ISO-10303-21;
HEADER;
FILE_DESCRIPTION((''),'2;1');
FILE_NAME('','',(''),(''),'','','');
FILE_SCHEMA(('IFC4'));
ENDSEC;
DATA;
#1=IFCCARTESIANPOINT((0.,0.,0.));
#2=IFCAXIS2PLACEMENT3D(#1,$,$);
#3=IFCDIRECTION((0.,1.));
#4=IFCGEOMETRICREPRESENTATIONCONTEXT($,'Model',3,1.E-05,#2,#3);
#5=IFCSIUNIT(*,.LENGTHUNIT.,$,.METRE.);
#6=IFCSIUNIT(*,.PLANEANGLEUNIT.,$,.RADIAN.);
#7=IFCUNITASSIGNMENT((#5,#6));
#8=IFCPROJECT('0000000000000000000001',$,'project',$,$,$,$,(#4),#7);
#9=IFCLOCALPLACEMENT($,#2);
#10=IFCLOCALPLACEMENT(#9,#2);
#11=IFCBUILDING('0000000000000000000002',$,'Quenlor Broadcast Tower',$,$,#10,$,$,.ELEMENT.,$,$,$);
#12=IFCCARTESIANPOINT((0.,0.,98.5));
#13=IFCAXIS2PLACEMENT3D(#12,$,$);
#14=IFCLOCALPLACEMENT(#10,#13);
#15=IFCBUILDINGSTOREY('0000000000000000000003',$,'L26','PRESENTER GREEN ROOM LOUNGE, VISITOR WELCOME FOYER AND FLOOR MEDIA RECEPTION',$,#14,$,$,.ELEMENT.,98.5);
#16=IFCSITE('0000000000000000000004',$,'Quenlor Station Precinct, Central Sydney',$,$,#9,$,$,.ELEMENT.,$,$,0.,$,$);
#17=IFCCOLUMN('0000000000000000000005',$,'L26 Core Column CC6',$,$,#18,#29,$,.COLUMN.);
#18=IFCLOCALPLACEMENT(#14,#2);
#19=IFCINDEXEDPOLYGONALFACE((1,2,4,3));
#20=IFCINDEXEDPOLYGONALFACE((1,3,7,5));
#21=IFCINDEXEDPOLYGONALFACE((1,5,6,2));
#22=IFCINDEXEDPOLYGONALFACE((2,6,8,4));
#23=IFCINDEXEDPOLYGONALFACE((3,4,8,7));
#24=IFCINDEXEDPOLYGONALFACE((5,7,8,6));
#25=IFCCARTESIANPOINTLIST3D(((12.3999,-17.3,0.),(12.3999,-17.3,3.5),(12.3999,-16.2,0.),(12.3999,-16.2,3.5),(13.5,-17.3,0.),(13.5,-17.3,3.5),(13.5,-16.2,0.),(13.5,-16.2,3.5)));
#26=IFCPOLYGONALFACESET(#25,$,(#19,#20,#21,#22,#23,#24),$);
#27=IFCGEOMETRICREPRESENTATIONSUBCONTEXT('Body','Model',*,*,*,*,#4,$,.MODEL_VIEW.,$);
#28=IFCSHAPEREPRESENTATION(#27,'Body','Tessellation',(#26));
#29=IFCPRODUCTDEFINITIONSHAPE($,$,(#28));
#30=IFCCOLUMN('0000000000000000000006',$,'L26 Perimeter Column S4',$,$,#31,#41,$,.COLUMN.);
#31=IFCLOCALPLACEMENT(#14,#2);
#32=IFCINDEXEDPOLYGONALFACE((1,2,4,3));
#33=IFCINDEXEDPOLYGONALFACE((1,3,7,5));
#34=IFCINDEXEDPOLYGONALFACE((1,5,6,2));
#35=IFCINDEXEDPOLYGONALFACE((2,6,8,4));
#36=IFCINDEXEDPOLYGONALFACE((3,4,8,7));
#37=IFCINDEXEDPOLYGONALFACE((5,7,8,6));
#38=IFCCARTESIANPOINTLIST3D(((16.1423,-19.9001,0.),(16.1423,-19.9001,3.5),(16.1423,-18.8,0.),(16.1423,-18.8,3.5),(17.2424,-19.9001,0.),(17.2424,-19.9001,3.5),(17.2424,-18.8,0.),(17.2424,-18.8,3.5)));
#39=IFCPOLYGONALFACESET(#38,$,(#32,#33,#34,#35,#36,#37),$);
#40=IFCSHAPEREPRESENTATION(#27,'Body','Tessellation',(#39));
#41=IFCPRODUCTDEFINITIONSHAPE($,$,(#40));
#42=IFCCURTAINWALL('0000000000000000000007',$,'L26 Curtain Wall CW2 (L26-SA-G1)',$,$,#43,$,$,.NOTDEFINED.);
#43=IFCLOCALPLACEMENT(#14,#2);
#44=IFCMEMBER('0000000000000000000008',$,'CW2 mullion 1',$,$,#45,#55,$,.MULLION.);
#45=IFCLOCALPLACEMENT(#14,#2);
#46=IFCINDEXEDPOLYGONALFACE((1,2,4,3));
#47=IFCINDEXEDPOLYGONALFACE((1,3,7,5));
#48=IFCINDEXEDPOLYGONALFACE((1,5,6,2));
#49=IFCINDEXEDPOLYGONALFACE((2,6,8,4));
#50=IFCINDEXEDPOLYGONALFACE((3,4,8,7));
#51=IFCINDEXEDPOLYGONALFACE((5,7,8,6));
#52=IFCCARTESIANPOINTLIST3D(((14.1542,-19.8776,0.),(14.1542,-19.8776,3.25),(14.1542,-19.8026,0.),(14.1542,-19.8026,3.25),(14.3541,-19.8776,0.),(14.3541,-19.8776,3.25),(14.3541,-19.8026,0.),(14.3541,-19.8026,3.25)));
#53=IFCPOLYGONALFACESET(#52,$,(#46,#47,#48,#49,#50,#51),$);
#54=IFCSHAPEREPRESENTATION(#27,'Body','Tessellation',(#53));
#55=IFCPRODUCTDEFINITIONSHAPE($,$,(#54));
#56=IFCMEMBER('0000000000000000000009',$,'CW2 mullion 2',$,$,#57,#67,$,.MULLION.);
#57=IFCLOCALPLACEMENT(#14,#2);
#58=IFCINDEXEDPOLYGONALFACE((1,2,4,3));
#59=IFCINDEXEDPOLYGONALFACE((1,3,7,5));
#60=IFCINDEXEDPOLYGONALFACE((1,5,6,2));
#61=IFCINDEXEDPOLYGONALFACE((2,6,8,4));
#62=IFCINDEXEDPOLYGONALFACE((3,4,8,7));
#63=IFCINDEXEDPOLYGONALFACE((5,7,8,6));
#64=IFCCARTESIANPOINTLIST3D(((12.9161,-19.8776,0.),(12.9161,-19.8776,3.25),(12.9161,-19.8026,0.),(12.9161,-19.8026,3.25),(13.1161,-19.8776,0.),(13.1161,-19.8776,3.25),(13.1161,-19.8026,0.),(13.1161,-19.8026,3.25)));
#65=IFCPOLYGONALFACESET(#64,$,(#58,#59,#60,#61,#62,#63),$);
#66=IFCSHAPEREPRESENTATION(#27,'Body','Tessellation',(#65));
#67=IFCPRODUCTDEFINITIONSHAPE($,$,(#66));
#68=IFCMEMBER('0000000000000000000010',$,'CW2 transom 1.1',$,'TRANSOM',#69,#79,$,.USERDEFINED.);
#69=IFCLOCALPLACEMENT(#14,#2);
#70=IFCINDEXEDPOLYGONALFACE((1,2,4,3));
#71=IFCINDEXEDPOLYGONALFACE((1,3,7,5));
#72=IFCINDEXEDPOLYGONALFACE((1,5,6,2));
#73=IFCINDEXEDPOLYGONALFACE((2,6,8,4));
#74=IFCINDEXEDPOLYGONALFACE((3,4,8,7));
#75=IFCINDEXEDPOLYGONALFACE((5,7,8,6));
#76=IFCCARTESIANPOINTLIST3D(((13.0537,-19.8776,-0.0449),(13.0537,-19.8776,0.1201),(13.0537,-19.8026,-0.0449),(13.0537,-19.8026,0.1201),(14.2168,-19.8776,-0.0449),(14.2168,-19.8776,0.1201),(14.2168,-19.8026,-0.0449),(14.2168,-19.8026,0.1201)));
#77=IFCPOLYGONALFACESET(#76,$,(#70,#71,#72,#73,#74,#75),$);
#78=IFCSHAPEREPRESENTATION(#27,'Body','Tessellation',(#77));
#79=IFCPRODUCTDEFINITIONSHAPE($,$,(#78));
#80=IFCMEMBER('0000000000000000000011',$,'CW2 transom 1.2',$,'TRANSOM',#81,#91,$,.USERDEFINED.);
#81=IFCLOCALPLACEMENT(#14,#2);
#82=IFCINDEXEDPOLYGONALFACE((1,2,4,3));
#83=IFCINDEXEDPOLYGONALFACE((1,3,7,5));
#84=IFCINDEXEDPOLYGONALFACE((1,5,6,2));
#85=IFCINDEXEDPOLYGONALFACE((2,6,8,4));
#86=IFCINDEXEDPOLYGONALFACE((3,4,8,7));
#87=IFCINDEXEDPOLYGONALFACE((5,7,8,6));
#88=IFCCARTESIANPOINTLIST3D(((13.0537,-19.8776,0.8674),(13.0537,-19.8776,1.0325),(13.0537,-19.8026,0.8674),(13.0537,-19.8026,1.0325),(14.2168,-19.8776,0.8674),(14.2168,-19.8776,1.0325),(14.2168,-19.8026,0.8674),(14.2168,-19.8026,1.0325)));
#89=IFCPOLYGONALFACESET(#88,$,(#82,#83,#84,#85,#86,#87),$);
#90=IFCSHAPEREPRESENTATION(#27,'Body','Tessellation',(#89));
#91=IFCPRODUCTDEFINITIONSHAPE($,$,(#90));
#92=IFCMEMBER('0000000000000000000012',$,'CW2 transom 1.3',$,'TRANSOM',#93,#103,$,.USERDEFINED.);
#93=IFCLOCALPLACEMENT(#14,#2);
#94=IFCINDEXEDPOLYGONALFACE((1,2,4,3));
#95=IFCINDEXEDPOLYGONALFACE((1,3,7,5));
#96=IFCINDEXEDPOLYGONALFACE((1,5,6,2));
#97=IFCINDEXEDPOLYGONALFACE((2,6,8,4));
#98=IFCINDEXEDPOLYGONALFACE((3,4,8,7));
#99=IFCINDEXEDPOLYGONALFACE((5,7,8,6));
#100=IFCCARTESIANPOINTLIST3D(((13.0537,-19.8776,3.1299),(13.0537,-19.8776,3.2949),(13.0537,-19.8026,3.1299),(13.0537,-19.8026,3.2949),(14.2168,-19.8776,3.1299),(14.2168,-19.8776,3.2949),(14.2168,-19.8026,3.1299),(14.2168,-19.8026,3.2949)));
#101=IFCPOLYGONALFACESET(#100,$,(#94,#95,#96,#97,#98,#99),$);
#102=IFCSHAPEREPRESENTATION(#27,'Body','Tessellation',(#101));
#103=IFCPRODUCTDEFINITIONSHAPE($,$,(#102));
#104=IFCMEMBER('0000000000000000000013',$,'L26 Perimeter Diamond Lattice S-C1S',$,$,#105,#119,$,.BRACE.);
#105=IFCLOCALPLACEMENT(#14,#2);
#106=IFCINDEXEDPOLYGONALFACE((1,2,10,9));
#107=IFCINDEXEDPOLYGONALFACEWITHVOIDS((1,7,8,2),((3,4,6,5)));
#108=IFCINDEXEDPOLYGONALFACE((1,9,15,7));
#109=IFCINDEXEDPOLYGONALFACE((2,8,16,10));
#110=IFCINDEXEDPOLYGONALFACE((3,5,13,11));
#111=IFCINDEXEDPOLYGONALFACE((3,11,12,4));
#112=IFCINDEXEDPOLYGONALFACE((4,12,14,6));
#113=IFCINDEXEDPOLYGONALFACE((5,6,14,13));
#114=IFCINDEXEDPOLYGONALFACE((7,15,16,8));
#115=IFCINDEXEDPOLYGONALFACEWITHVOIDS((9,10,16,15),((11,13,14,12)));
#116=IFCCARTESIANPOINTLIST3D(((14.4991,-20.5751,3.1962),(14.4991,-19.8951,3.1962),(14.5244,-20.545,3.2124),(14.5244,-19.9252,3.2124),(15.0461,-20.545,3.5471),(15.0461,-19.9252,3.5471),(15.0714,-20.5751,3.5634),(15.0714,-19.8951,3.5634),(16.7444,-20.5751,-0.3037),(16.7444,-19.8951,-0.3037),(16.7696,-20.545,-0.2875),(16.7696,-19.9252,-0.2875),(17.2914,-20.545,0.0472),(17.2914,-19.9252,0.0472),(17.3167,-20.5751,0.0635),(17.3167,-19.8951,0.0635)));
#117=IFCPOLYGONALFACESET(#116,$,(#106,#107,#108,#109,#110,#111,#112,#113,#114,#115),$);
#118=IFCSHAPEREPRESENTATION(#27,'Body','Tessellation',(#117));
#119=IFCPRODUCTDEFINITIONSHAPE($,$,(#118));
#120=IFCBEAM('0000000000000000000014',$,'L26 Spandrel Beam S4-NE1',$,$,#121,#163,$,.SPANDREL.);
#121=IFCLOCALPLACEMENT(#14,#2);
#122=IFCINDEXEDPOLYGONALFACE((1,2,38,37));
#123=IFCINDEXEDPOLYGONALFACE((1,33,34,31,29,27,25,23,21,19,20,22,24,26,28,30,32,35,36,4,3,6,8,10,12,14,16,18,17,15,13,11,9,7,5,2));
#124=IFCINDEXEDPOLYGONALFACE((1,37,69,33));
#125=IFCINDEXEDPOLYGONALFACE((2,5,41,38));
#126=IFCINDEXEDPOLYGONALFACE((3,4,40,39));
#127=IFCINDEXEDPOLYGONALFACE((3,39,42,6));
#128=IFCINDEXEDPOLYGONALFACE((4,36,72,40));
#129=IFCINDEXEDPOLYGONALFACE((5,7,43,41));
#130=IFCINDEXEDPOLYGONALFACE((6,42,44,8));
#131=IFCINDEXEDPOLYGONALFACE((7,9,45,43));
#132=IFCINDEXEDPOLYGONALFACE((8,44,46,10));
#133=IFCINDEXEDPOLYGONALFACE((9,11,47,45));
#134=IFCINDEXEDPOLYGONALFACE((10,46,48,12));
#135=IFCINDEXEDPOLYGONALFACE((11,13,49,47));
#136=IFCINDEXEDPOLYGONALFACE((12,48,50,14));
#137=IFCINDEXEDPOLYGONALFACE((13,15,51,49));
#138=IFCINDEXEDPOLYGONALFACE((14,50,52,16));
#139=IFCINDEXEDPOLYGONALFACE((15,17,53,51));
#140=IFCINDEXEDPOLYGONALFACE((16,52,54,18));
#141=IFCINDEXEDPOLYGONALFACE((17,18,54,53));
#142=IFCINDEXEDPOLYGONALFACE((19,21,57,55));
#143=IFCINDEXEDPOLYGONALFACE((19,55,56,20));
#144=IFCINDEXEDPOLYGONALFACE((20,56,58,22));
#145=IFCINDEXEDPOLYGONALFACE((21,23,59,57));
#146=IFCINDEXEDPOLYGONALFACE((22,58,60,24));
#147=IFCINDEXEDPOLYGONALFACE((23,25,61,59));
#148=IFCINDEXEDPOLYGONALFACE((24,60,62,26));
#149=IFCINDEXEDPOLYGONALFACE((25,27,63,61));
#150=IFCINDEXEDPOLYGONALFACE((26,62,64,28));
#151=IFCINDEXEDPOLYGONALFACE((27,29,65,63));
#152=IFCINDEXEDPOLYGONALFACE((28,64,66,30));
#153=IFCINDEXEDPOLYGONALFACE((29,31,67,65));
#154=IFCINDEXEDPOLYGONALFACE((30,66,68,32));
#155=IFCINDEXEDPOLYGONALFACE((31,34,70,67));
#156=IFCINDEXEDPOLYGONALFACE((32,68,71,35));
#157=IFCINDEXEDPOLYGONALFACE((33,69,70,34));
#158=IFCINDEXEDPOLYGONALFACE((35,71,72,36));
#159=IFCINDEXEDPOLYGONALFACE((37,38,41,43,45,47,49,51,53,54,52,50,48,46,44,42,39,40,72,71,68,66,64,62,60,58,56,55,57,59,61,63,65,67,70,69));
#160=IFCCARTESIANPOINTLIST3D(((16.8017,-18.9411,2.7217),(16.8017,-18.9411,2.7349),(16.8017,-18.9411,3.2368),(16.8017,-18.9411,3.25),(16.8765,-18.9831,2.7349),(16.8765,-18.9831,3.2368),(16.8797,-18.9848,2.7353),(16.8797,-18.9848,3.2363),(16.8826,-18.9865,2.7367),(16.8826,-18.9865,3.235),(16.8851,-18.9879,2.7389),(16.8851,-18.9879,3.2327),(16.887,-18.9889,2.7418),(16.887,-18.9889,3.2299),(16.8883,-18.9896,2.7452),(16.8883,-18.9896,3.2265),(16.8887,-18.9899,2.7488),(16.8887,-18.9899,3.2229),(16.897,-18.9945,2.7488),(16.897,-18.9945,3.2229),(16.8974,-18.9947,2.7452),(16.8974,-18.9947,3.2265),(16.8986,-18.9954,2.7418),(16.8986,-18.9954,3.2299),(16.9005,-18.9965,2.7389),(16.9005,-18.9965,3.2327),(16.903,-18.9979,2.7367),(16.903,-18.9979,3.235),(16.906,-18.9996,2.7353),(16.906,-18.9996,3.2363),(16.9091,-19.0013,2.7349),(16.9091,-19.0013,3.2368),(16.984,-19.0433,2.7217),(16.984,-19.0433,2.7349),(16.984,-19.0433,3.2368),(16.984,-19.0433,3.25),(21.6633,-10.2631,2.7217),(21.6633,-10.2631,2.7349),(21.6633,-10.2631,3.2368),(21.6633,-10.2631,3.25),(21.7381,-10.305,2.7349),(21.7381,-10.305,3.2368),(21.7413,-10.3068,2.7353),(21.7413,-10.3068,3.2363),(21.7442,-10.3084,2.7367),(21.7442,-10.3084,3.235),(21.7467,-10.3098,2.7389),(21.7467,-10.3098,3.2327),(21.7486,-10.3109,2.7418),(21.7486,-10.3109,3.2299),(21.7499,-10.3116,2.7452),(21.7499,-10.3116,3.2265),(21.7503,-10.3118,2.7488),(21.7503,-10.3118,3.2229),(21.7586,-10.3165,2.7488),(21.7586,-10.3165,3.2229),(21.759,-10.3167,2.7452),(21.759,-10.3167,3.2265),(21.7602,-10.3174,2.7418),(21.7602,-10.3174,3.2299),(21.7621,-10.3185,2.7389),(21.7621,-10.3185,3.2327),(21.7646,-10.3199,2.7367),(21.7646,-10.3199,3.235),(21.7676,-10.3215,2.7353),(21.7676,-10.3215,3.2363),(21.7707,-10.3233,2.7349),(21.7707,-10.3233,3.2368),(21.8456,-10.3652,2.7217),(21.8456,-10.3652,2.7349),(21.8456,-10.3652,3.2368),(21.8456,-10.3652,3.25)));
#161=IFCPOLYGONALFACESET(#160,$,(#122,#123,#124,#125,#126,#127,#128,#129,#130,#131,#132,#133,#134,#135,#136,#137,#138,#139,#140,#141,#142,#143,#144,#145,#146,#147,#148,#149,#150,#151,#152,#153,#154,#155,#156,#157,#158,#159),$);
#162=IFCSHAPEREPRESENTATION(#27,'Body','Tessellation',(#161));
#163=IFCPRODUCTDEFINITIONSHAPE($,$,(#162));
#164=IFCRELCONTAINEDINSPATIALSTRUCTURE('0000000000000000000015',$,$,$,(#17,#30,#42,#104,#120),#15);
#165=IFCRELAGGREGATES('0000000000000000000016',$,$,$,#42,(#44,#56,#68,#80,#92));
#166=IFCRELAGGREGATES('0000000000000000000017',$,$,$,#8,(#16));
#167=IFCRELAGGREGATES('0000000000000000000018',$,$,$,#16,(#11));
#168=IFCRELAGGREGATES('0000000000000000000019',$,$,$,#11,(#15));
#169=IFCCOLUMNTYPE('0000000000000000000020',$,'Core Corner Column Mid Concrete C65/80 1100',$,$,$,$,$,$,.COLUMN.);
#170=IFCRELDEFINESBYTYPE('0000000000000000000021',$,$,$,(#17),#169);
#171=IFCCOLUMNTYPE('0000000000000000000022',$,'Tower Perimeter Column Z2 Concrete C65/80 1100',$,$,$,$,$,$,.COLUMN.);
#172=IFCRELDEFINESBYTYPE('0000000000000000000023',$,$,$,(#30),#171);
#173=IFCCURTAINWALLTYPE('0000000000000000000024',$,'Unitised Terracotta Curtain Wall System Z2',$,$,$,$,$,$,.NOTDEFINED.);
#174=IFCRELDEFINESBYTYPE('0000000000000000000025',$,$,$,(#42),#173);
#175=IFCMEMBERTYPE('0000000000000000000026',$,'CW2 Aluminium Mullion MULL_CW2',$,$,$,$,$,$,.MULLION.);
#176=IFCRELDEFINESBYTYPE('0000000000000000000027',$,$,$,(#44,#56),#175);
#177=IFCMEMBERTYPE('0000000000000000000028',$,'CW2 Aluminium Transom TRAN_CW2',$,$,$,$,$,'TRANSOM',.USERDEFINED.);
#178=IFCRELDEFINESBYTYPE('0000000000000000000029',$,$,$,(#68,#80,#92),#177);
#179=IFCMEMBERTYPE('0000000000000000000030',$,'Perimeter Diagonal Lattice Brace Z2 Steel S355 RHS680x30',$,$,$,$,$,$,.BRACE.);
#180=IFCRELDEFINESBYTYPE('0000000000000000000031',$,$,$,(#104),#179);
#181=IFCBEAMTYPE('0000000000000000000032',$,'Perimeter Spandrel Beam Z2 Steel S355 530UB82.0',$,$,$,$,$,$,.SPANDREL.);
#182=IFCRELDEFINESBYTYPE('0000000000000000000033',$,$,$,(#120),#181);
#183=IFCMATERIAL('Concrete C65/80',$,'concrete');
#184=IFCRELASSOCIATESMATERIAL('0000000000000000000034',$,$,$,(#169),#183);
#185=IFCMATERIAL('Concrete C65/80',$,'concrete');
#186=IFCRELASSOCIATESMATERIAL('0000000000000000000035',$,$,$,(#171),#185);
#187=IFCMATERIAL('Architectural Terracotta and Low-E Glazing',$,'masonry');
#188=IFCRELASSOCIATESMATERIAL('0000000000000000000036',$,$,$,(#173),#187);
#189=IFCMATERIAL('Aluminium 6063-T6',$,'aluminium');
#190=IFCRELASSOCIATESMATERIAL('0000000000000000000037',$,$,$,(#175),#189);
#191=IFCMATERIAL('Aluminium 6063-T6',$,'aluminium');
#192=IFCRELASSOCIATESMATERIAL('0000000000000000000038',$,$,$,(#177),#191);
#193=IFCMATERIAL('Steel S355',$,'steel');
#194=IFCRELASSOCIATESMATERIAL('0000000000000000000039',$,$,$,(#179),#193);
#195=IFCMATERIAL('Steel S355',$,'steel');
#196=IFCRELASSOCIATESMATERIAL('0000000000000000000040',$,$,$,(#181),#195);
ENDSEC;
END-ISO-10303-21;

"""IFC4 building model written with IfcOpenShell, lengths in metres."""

from ifc_helpers import new_model, si_unit, direction, frame, origin, origin_2d, place, context, subcontext, project, spatial, rectangle, hollow_rectangle, i_section, extrude, material, material_profile, profile_set, type_object, element, aggregate, save


model = new_model("IFC4")

# Units and contexts
model_context = context("Model", 3, precision=1e-05, world=origin(), true_north=direction((0.0, 1.0)))
body_context = subcontext(model_context, "Body", "Model", "MODEL_VIEW")
ifc_project = project(units=[si_unit("LENGTHUNIT", "METRE"), si_unit("PLANEANGLEUNIT", "RADIAN")], contexts=[model_context])

# Site, building, storey
site_placement = place(None, origin())
site = spatial("IfcSite", under=ifc_project, at=site_placement, Name="Quenlor Station Precinct, Central Sydney", CompositionType="ELEMENT", RefElevation=0.0)
building_placement = place(site_placement, origin())
building = spatial("IfcBuilding", under=site, at=building_placement, Name="Quenlor Broadcast Tower", CompositionType="ELEMENT")
storey_placement = place(building_placement, frame((0.0, 0.0, 98.5)))
storey = spatial("IfcBuildingStorey", under=building, at=storey_placement, Name="L26", Description="PRESENTER GREEN ROOM LOUNGE, VISITOR WELCOME FOYER AND FLOOR MEDIA RECEPTION", CompositionType="ELEMENT", Elevation=98.5)

# Columns
ifc_material_1 = material(Name="Concrete C65/80", Category="concrete")
ifc_material_profile_1 = material_profile(ifc_material_1, rectangle(XDim=1.1001, YDim=1.1001, at=origin_2d()))
ifc_profile_set_1 = profile_set([ifc_material_profile_1], Name="Concrete C65/80 RC1100x1100")
column_type_1 = type_object("IfcColumnType", Name="Core Corner Column Mid Concrete C65/80 1100", PredefinedType="COLUMN", material=ifc_profile_set_1)
column_1_placement = place(storey_placement, frame((12.95, -16.75, 0.0), z_axis=(0.0, 0.0, 1.0), x_axis=(1.0, 0.0, 0.0)))
element("IfcColumn", 1, at=column_1_placement, inside=storey, type_object=column_type_1, Name="L26 Core Column CC6", PredefinedType="COLUMN", context=body_context, shape_type="SweptSolid", body=[
    extrude(rectangle(XDim=1.1001, YDim=1.1001, at=origin_2d()), origin(), (0.0, 0.0, 1.0), 3.5),
])
ifc_material_2 = material(Name="Concrete C65/80", Category="concrete")
ifc_material_profile_2 = material_profile(ifc_material_2, rectangle(XDim=1.1001, YDim=1.1001, at=origin_2d()))
ifc_profile_set_2 = profile_set([ifc_material_profile_2], Name="Concrete C65/80 RC1100x1100")
column_type_2 = type_object("IfcColumnType", Name="Tower Perimeter Column Z2 Concrete C65/80 1100", PredefinedType="COLUMN", material=ifc_profile_set_2)
column_2_placement = place(storey_placement, frame((16.6924, -19.3501, 0.0), z_axis=(0.0, 0.0, 1.0), x_axis=(0.0, 1.0, 0.0)))
element("IfcColumn", 2, at=column_2_placement, inside=storey, type_object=column_type_2, Name="L26 Perimeter Column S4", PredefinedType="COLUMN", context=body_context, shape_type="SweptSolid", body=[
    extrude(rectangle(XDim=1.1001, YDim=1.1001, at=origin_2d()), origin(), (0.0, 0.0, 1.0), 3.5),
])

# Curtain wall, members
ifc_material_3 = material(Name="Architectural Terracotta and Low-E Glazing", Category="masonry")
curtain_wall_type = type_object("IfcCurtainWallType", Name="Unitised Terracotta Curtain Wall System Z2", PredefinedType="NOTDEFINED", material=ifc_material_3)
curtain_wall_placement = place(storey_placement, origin())
curtain_wall = element("IfcCurtainWall", 3, at=curtain_wall_placement, inside=storey, type_object=curtain_wall_type, Name="L26 Curtain Wall CW2 (L26-SA-G1)", PredefinedType="NOTDEFINED")
ifc_material_4 = material(Name="Aluminium 6063-T6", Category="aluminium")
ifc_material_profile_3 = material_profile(ifc_material_4, rectangle(XDim=0.075, YDim=0.2, at=origin_2d()))
ifc_profile_set_3 = profile_set([ifc_material_profile_3], Name="Aluminium 6063-T6 MULL75x200")
member_type_1 = type_object("IfcMemberType", Name="CW2 Aluminium Mullion MULL_CW2", PredefinedType="MULLION", material=ifc_profile_set_3)
member_1_placement = place(storey_placement, frame((14.2542, -19.8401, 0.0), z_axis=(0.0, 0.0, 1.0), x_axis=(0.0, -1.0, 0.0)))
member_1 = element("IfcMember", 4, at=member_1_placement, type_object=member_type_1, Name="CW2 mullion 1", PredefinedType="MULLION", context=body_context, shape_type="SweptSolid", body=[
    extrude(rectangle(XDim=0.075, YDim=0.2, at=origin_2d()), origin(), (0.0, 0.0, 1.0), 3.25),
])
member_2_placement = place(storey_placement, frame((13.0161, -19.8401, 0.0), z_axis=(0.0, 0.0, 1.0), x_axis=(0.0, -1.0, 0.0)))
member_2 = element("IfcMember", 5, at=member_2_placement, type_object=member_type_1, Name="CW2 mullion 2", PredefinedType="MULLION", context=body_context, shape_type="SweptSolid", body=[
    extrude(rectangle(XDim=0.075, YDim=0.2, at=origin_2d()), origin(), (0.0, 0.0, 1.0), 3.25),
])
ifc_material_5 = material(Name="Aluminium 6063-T6", Category="aluminium")
ifc_material_profile_4 = material_profile(ifc_material_5, rectangle(XDim=0.075, YDim=0.165, at=origin_2d()))
ifc_profile_set_4 = profile_set([ifc_material_profile_4], Name="Aluminium 6063-T6 TRAN75x165")
member_type_2 = type_object("IfcMemberType", Name="CW2 Aluminium Transom TRAN_CW2", ElementType="TRANSOM", PredefinedType="USERDEFINED", material=ifc_profile_set_4)
member_3_placement = place(storey_placement, frame((14.2168, -19.8401, 0.0376), z_axis=(-1.0, 0.0, 0.0), x_axis=(0.0, -1.0, 0.0)))
member_3 = element("IfcMember", 6, at=member_3_placement, type_object=member_type_2, Name="CW2 transom 1.1", ObjectType="TRANSOM", PredefinedType="USERDEFINED", context=body_context, shape_type="SweptSolid", body=[
    extrude(rectangle(XDim=0.075, YDim=0.165, at=origin_2d()), origin(), (0.0, 0.0, 1.0), 1.1631),
])
member_4_placement = place(storey_placement, frame((14.2168, -19.8401, 0.95), z_axis=(-1.0, 0.0, 0.0), x_axis=(0.0, -1.0, 0.0)))
member_4 = element("IfcMember", 7, at=member_4_placement, type_object=member_type_2, Name="CW2 transom 1.2", ObjectType="TRANSOM", PredefinedType="USERDEFINED", context=body_context, shape_type="SweptSolid", body=[
    extrude(rectangle(XDim=0.075, YDim=0.165, at=origin_2d()), origin(), (0.0, 0.0, 1.0), 1.1631),
])
member_5_placement = place(storey_placement, frame((14.2168, -19.8401, 3.2124), z_axis=(-1.0, 0.0, 0.0), x_axis=(0.0, -1.0, 0.0)))
member_5 = element("IfcMember", 8, at=member_5_placement, type_object=member_type_2, Name="CW2 transom 1.3", ObjectType="TRANSOM", PredefinedType="USERDEFINED", context=body_context, shape_type="SweptSolid", body=[
    extrude(rectangle(XDim=0.075, YDim=0.165, at=origin_2d()), origin(), (0.0, 0.0, 1.0), 1.1631),
])

# Member
ifc_material_6 = material(Name="Steel S355", Category="steel")
ifc_material_profile_5 = material_profile(ifc_material_6, hollow_rectangle(XDim=0.6799, YDim=0.6799, WallThickness=0.03, at=origin_2d()))
ifc_profile_set_5 = profile_set([ifc_material_profile_5], Name="Steel S355 RHS680x680x30")
member_type_3 = type_object("IfcMemberType", Name="Perimeter Diagonal Lattice Brace Z2 Steel S355 RHS680x30", PredefinedType="BRACE", material=ifc_profile_set_5)
member_6_placement = place(storey_placement, frame((17.0305, -20.2351, -0.1201), z_axis=(-0.539968, 0.0, 0.841686), x_axis=(0.0, -1.0, 0.0)))
element("IfcMember", 9, at=member_6_placement, inside=storey, type_object=member_type_3, Name="L26 Perimeter Diamond Lattice S-C1S", PredefinedType="BRACE", context=body_context, shape_type="SweptSolid", body=[
    extrude(hollow_rectangle(XDim=0.6799, YDim=0.6799, WallThickness=0.03, at=origin_2d()), origin(), (0.0, 0.0, 1.0), 4.1582),
])

# Beam
ifc_material_7 = material(Name="Steel S355", Category="steel")
ifc_material_profile_6 = material_profile(ifc_material_7, i_section(OverallWidth=0.209, OverallDepth=0.5283, WebThickness=0.0095, FlangeThickness=0.0132, FilletRadius=0.0139, at=origin_2d()))
ifc_profile_set_6 = profile_set([ifc_material_profile_6], Name="Steel S355 530UB82.0")
beam_type_1 = type_object("IfcBeamType", Name="Perimeter Spandrel Beam Z2 Steel S355 530UB82.0", PredefinedType="SPANDREL", material=ifc_profile_set_6)
beam_1_placement = place(storey_placement, frame((16.8928, -18.9922, 2.9858), z_axis=(0.488749, 0.872424, 0.0), x_axis=(-0.872424, 0.488749, 0.0)))
element("IfcBeam", 10, at=beam_1_placement, inside=storey, type_object=beam_type_1, Name="L26 Spandrel Beam S4-NE1", PredefinedType="SPANDREL", context=body_context, shape_type="SweptSolid", body=[
    extrude(i_section(OverallWidth=0.209, OverallDepth=0.5283, WebThickness=0.0095, FlangeThickness=0.0132, FilletRadius=0.0139, at=origin_2d()), origin(), (0.0, 0.0, 1.0), 9.947),
])

aggregate(curtain_wall, [member_1, member_2, member_3, member_4, member_5])

save(model, "model.ifc")
